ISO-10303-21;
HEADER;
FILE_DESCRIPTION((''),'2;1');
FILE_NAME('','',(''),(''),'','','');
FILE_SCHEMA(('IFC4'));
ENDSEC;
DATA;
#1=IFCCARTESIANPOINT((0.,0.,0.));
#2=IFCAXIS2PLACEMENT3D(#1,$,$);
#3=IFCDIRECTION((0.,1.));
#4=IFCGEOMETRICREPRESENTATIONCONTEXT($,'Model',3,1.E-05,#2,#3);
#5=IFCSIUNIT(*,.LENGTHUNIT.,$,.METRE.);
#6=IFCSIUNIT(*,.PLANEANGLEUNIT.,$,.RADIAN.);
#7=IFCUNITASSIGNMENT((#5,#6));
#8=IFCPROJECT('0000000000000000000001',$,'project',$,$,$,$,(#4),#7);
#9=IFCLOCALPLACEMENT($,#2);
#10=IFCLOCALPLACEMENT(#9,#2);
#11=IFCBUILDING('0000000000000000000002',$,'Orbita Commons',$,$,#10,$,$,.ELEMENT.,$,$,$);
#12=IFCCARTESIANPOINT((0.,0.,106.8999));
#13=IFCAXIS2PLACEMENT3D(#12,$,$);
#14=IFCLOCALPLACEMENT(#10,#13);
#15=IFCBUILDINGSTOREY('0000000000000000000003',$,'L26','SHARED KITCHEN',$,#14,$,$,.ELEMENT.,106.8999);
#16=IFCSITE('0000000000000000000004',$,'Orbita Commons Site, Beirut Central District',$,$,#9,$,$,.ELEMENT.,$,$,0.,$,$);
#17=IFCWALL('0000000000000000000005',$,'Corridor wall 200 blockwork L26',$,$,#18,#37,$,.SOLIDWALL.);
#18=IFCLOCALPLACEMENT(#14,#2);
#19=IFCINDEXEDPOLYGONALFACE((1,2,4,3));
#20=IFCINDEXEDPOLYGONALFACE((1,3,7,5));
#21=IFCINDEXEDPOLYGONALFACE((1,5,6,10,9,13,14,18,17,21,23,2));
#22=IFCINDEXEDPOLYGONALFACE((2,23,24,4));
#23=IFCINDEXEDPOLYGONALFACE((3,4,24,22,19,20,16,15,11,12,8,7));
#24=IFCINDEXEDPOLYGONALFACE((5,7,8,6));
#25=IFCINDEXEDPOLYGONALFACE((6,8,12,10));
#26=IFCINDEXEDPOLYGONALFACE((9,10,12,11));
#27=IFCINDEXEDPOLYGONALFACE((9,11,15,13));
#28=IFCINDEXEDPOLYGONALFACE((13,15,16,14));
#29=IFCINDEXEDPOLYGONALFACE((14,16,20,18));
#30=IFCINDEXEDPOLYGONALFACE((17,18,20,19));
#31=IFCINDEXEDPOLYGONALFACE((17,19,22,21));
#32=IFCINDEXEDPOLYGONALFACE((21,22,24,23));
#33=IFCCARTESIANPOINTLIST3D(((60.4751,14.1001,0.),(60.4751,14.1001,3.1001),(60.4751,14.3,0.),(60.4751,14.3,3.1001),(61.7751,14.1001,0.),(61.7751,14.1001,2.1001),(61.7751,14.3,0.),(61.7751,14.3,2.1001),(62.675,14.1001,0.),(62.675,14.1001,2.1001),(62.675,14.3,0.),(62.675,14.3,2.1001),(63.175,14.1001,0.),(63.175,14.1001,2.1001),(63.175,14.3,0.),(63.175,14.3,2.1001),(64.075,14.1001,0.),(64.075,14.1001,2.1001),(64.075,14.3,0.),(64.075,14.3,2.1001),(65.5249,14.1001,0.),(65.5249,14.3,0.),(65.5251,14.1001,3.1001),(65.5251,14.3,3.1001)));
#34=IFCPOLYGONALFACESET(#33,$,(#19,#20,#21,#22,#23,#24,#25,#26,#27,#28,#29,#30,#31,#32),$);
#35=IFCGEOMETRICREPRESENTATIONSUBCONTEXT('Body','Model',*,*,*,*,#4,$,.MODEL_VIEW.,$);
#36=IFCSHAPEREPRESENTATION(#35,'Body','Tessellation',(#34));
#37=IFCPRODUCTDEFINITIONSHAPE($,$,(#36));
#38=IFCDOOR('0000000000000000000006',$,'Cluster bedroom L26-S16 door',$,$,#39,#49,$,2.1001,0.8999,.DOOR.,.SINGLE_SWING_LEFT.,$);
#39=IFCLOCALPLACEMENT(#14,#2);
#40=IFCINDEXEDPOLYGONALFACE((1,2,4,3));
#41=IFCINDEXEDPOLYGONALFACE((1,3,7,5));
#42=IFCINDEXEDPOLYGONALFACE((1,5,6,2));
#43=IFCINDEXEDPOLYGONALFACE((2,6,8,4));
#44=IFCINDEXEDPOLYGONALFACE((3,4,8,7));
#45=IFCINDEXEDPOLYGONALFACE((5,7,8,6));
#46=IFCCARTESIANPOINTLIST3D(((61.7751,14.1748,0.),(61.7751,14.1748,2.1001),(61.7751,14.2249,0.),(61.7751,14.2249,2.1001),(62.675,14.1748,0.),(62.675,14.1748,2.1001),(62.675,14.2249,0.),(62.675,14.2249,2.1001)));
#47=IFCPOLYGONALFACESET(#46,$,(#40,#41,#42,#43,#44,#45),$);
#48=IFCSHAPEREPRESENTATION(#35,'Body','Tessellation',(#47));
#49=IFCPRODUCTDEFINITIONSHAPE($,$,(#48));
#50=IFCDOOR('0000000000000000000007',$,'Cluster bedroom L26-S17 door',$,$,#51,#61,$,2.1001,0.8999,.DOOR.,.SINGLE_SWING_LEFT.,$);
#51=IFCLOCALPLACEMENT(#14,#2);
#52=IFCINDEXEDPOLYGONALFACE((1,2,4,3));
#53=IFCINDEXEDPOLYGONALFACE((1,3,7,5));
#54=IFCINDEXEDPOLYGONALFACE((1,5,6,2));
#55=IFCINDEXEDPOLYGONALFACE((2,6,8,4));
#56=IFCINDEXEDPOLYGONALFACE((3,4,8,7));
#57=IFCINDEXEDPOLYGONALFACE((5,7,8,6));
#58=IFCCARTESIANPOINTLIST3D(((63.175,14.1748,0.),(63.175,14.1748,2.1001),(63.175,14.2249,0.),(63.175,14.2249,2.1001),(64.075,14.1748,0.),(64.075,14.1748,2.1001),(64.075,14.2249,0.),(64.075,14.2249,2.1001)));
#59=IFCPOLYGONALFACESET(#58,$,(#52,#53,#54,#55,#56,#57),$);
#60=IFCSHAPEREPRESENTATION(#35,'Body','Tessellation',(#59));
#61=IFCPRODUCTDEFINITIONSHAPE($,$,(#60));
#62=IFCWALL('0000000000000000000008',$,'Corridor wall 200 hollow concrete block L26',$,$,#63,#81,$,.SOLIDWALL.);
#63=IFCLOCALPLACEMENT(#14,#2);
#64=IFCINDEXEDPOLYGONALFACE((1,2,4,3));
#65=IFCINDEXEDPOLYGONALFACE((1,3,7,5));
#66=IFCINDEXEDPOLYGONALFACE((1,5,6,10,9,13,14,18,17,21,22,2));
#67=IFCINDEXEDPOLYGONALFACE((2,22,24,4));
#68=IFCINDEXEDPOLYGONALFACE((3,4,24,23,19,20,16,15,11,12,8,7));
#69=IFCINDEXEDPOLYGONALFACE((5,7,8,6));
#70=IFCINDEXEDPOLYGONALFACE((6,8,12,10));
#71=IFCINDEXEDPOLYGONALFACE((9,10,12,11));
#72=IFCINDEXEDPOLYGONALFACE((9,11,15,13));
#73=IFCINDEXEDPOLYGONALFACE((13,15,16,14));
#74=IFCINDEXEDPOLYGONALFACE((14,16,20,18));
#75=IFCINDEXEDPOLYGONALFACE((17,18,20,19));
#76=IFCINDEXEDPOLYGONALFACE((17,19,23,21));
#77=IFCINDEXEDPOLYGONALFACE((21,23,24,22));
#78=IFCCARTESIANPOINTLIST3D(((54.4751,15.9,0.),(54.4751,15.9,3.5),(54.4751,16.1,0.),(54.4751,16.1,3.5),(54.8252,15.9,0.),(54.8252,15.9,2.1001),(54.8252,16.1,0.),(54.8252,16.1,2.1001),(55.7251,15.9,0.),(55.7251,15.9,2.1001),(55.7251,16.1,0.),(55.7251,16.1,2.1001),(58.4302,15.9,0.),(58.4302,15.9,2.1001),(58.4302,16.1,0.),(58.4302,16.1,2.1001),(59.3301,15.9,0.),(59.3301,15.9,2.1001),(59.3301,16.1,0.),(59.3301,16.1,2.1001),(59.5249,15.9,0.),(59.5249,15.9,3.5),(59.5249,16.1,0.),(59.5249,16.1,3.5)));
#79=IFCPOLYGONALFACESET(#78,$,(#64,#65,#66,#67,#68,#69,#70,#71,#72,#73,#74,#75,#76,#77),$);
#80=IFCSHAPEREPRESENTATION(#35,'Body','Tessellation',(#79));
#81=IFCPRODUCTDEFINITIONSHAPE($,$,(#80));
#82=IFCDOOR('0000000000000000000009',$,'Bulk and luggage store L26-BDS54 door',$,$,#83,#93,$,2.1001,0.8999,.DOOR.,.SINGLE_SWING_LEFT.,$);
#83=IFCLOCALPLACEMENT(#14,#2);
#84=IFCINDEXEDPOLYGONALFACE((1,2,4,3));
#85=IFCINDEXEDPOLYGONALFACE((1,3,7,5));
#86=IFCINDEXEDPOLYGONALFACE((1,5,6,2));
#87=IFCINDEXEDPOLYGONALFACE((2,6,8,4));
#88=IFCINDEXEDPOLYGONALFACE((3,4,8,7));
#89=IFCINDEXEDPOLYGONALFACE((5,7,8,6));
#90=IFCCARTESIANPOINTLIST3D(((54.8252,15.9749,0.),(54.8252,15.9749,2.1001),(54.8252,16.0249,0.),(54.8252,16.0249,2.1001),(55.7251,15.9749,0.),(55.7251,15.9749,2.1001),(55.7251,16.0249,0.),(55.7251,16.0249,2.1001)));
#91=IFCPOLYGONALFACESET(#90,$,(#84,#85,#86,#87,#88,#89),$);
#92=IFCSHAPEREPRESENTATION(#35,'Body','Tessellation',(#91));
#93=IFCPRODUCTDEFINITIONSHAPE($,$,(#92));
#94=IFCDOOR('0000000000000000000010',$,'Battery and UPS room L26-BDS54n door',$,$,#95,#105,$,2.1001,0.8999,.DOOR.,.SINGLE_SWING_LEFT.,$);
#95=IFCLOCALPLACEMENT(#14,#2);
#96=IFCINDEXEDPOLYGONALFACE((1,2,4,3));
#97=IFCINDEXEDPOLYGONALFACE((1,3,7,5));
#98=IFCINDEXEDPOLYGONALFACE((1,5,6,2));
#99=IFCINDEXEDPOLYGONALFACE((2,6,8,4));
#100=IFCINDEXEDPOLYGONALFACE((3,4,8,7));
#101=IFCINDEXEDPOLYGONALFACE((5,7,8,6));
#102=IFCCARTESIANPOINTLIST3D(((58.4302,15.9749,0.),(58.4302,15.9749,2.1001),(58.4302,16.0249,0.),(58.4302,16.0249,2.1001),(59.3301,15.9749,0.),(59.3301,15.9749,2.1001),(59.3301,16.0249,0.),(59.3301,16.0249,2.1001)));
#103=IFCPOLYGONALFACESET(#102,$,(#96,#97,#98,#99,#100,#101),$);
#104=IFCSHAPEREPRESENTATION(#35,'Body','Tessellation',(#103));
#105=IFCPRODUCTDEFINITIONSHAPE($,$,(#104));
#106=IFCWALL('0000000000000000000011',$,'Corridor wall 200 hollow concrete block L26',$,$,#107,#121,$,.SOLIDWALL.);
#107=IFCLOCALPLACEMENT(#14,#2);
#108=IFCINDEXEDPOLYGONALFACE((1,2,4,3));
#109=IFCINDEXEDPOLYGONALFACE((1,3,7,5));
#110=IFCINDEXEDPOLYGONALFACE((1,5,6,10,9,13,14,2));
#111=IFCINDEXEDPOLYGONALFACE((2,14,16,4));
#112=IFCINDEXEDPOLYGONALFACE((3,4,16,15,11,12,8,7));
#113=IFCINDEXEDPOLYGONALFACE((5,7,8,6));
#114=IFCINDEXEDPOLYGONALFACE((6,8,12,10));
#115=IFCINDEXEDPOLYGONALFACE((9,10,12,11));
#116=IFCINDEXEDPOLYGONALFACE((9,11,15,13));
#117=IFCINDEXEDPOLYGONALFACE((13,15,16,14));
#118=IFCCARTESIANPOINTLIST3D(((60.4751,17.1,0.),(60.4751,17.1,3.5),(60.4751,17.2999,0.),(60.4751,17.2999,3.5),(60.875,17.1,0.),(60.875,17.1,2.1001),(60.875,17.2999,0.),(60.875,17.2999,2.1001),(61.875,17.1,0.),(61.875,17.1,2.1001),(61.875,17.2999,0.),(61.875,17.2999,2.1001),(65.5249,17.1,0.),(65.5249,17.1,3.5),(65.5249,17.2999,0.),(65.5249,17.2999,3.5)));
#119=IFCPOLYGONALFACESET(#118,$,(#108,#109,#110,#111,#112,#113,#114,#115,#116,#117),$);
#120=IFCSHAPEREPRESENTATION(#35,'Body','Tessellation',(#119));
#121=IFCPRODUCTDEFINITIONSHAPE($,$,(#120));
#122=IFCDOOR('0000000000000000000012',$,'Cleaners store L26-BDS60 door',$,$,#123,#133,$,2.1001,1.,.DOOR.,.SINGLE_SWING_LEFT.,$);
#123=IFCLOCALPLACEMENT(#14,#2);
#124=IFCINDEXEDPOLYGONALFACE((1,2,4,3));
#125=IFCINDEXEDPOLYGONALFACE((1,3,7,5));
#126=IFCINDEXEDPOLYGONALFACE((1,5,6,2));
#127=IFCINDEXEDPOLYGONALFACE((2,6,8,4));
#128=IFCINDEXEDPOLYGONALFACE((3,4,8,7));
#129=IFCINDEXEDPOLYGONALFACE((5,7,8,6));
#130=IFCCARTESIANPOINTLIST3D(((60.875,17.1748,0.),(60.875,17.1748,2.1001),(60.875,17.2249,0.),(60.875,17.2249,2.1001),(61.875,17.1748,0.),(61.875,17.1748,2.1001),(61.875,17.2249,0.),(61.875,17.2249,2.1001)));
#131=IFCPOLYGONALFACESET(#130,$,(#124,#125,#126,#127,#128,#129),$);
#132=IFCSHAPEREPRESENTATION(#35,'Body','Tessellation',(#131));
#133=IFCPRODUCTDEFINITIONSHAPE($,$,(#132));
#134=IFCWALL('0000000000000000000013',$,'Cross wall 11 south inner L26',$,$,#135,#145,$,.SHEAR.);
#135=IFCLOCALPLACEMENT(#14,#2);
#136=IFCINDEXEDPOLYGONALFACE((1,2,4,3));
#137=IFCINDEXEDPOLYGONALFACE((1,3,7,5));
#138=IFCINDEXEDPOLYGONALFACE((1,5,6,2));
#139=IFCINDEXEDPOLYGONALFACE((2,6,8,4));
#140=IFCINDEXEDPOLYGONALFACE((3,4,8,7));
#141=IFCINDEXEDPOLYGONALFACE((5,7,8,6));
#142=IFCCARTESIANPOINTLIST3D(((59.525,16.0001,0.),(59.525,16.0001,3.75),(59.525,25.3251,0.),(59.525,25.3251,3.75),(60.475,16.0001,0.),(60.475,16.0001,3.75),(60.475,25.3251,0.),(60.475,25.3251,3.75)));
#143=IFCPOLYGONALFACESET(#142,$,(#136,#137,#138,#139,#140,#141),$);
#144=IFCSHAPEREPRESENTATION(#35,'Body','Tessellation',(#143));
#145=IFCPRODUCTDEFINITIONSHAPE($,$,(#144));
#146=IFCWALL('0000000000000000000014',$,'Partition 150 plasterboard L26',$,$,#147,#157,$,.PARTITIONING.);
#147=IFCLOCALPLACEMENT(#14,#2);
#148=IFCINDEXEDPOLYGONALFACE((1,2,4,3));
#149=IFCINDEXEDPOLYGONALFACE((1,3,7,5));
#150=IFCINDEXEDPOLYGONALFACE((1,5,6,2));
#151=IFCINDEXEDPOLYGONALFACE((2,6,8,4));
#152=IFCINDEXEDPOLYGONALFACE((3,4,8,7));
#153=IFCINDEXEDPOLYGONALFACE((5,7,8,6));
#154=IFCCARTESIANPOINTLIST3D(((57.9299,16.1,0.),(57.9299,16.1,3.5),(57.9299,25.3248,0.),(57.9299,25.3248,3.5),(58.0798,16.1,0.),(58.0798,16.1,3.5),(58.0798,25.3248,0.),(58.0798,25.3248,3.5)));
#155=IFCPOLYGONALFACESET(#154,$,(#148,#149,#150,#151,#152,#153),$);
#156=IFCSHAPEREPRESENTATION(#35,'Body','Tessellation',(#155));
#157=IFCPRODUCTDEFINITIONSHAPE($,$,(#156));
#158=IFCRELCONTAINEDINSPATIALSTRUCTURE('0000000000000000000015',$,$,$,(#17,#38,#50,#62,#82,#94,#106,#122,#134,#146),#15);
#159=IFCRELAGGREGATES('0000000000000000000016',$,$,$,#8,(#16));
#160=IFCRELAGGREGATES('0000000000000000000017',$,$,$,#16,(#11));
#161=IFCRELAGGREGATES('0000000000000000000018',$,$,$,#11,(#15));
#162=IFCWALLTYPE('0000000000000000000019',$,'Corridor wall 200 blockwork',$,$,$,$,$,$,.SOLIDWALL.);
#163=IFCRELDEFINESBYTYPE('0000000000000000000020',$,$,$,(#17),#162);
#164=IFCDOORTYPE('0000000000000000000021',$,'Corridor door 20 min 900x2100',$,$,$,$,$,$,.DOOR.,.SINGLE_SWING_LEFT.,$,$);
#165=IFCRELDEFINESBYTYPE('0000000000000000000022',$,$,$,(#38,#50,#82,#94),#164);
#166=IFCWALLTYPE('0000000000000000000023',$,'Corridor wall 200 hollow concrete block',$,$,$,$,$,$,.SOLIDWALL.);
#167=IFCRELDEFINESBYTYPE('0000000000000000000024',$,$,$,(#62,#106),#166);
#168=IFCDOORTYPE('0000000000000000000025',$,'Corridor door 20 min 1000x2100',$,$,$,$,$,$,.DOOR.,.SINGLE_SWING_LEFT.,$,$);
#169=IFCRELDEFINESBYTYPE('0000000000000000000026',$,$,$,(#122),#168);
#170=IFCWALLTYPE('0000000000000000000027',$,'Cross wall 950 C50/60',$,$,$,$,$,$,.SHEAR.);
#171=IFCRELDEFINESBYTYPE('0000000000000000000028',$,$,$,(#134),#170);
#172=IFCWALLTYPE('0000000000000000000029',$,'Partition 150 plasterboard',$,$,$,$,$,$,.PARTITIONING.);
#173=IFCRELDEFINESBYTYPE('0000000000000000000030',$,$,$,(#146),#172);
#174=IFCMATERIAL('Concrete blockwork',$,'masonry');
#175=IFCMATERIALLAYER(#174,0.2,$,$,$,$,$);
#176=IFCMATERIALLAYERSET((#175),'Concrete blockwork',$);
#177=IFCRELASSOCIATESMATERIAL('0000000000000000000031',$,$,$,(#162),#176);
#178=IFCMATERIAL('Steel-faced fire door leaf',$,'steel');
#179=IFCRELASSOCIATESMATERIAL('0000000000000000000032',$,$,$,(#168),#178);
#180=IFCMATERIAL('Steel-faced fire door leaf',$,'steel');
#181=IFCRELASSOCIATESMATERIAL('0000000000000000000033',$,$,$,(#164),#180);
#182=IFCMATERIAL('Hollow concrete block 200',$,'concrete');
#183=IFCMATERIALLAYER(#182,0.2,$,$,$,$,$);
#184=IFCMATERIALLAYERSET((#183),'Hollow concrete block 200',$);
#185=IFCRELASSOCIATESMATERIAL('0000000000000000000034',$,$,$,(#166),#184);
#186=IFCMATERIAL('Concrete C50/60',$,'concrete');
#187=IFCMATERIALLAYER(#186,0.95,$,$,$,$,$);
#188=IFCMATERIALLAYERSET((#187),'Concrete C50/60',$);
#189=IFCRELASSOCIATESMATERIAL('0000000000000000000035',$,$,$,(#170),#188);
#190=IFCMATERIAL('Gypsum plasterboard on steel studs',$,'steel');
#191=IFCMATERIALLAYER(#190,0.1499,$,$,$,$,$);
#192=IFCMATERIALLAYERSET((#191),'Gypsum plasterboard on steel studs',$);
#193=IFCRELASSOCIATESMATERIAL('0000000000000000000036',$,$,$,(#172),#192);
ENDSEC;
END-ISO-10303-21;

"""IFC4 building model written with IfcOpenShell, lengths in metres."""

from ifc_helpers import new_model, si_unit, direction, frame, frame_2d, origin, place, context, subcontext, project, spatial, polyline, rectangle, outline, extrude, material, layer, layer_set, type_object, element, fill, save


model = new_model("IFC4")

# Units and contexts
model_context = context("Model", 3, precision=1e-05, world=origin(), true_north=direction((0.0, 1.0)))
body_context = subcontext(model_context, "Body", "Model", "MODEL_VIEW")
ifc_project = project(units=[si_unit("LENGTHUNIT", "METRE"), si_unit("PLANEANGLEUNIT", "RADIAN")], contexts=[model_context])

# Site, building, storey
site_placement = place(None, origin())
site = spatial("IfcSite", under=ifc_project, at=site_placement, Name="Orbita Commons Site, Beirut Central District", CompositionType="ELEMENT", RefElevation=0.0)
building_placement = place(site_placement, origin())
building = spatial("IfcBuilding", under=site, at=building_placement, Name="Orbita Commons", CompositionType="ELEMENT")
storey_placement = place(building_placement, frame((0.0, 0.0, 106.8999)))
storey = spatial("IfcBuildingStorey", under=building, at=storey_placement, Name="L26", Description="SHARED KITCHEN", CompositionType="ELEMENT", Elevation=106.8999)

# Shared definitions
ifc_material_1 = material(Name="Concrete blockwork", Category="masonry")
ifc_layer_1 = layer(ifc_material_1, 0.2)
ifc_layer_set_1 = layer_set([ifc_layer_1], Name="Concrete blockwork")
wall_type_1 = type_object("IfcWallType", Name="Corridor wall 200 blockwork", PredefinedType="SOLIDWALL", material=ifc_layer_set_1)
ifc_material_2 = material(Name="Steel-faced fire door leaf", Category="steel")
door_type_1 = type_object("IfcDoorType", Name="Corridor door 20 min 1000x2100", OperationType="SINGLE_SWING_LEFT", PredefinedType="DOOR", material=ifc_material_2)

# Walls, openings, doors
wall_1_placement = place(storey_placement, frame((60.4751, 14.2, 0.0), z_axis=(0.0, 0.0, 1.0), x_axis=(1.0, 0.0, 0.0)))
wall_1 = element("IfcWall", 1, at=wall_1_placement, inside=storey, type_object=wall_type_1, Name="Corridor wall 200 blockwork L26", PredefinedType="SOLIDWALL", context=body_context, shape_type="SweptSolid", body=[
    extrude(outline(polyline([(0.0, 0.0), (5.0498, 0.0), (5.05, 3.1001), (0.0, 3.1001), (0.0, 0.0)])), frame((0.0, 0.1001, 0.0), z_axis=(0.0, -1.0, 0.0), x_axis=(1.0, 0.0, 0.0)), (0.0, 0.0, 1.0), 0.2),
])
opening_1_placement = place(wall_1_placement, frame((1.3, 0.0, 0.0)))
opening_1 = element("IfcOpeningElement", 2, at=opening_1_placement, cuts=wall_1, PredefinedType="OPENING", context=body_context, shape_type="SweptSolid", body=[
    extrude(rectangle(XDim=0.8999, YDim=2.1001, at=frame_2d((0.45, 1.05))), frame((0.0, 0.1099, 0.0), z_axis=(0.0, -1.0, 0.0), x_axis=(1.0, 0.0, 0.0)), (0.0, 0.0, 1.0), 0.22),
])
opening_2_placement = place(wall_1_placement, frame((2.7, 0.0, 0.0)))
opening_2 = element("IfcOpeningElement", 3, at=opening_2_placement, cuts=wall_1, PredefinedType="OPENING", context=body_context, shape_type="SweptSolid", body=[
    extrude(rectangle(XDim=0.8999, YDim=2.1001, at=frame_2d((0.45, 1.05))), frame((0.0, 0.1099, 0.0), z_axis=(0.0, -1.0, 0.0), x_axis=(1.0, 0.0, 0.0)), (0.0, 0.0, 1.0), 0.22),
])
ifc_material_3 = material(Name="Steel-faced fire door leaf", Category="steel")
door_type_2 = type_object("IfcDoorType", Name="Corridor door 20 min 900x2100", OperationType="SINGLE_SWING_LEFT", PredefinedType="DOOR", material=ifc_material_3)
door_1_placement = place(opening_1_placement, origin())
door_1 = element("IfcDoor", 4, at=door_1_placement, inside=storey, type_object=door_type_2, Name="Cluster bedroom L26-S16 door", OperationType="SINGLE_SWING_LEFT", OverallHeight=2.1001, OverallWidth=0.8999, PredefinedType="DOOR", context=body_context, shape_type="SweptSolid", body=[
    extrude(rectangle(XDim=0.8999, YDim=2.1001, at=frame_2d((0.45, 1.05))), frame((0.0, 0.0249, 0.0), z_axis=(0.0, -1.0, 0.0), x_axis=(1.0, 0.0, 0.0)), (0.0, 0.0, 1.0), 0.05),
])
fill(opening_1, door_1)
door_2_placement = place(opening_2_placement, origin())
door_2 = element("IfcDoor", 5, at=door_2_placement, inside=storey, type_object=door_type_2, Name="Cluster bedroom L26-S17 door", OperationType="SINGLE_SWING_LEFT", OverallHeight=2.1001, OverallWidth=0.8999, PredefinedType="DOOR", context=body_context, shape_type="SweptSolid", body=[
    extrude(rectangle(XDim=0.8999, YDim=2.1001, at=frame_2d((0.45, 1.05))), frame((0.0, 0.0249, 0.0), z_axis=(0.0, -1.0, 0.0), x_axis=(1.0, 0.0, 0.0)), (0.0, 0.0, 1.0), 0.05),
])
fill(opening_2, door_2)
ifc_material_4 = material(Name="Hollow concrete block 200", Category="concrete")
ifc_layer_2 = layer(ifc_material_4, 0.2)
ifc_layer_set_2 = layer_set([ifc_layer_2], Name="Hollow concrete block 200")
wall_type_2 = type_object("IfcWallType", Name="Corridor wall 200 hollow concrete block", PredefinedType="SOLIDWALL", material=ifc_layer_set_2)
wall_2_placement = place(storey_placement, frame((54.4751, 16.0, 0.0), z_axis=(0.0, 0.0, 1.0), x_axis=(1.0, 0.0, 0.0)))
wall_2 = element("IfcWall", 6, at=wall_2_placement, inside=storey, type_object=wall_type_2, Name="Corridor wall 200 hollow concrete block L26", PredefinedType="SOLIDWALL", context=body_context, shape_type="SweptSolid", body=[
    extrude(rectangle(XDim=5.0498, YDim=0.2, at=frame_2d((2.5249, 0.0))), origin(), (0.0, 0.0, 1.0), 3.5),
])
opening_3_placement = place(wall_2_placement, frame((0.3501, 0.0, 0.0)))
opening_3 = element("IfcOpeningElement", 7, at=opening_3_placement, cuts=wall_2, PredefinedType="OPENING", context=body_context, shape_type="SweptSolid", body=[
    extrude(rectangle(XDim=0.8999, YDim=2.1001, at=frame_2d((0.45, 1.05))), frame((0.0, 0.1099, 0.0), z_axis=(0.0, -1.0, 0.0), x_axis=(1.0, 0.0, 0.0)), (0.0, 0.0, 1.0), 0.22),
])
opening_4_placement = place(wall_2_placement, frame((3.9551, 0.0, 0.0)))
opening_4 = element("IfcOpeningElement", 8, at=opening_4_placement, cuts=wall_2, PredefinedType="OPENING", context=body_context, shape_type="SweptSolid", body=[
    extrude(rectangle(XDim=0.8999, YDim=2.1001, at=frame_2d((0.45, 1.05))), frame((0.0, 0.1099, 0.0), z_axis=(0.0, -1.0, 0.0), x_axis=(1.0, 0.0, 0.0)), (0.0, 0.0, 1.0), 0.22),
])
door_3_placement = place(opening_3_placement, origin())
door_3 = element("IfcDoor", 9, at=door_3_placement, inside=storey, type_object=door_type_2, Name="Bulk and luggage store L26-BDS54 door", OperationType="SINGLE_SWING_LEFT", OverallHeight=2.1001, OverallWidth=0.8999, PredefinedType="DOOR", context=body_context, shape_type="SweptSolid", body=[
    extrude(rectangle(XDim=0.8999, YDim=2.1001, at=frame_2d((0.45, 1.05))), frame((0.0, 0.0249, 0.0), z_axis=(0.0, -1.0, 0.0), x_axis=(1.0, 0.0, 0.0)), (0.0, 0.0, 1.0), 0.05),
])
fill(opening_3, door_3)
door_4_placement = place(opening_4_placement, origin())
door_4 = element("IfcDoor", 10, at=door_4_placement, inside=storey, type_object=door_type_2, Name="Battery and UPS room L26-BDS54n door", OperationType="SINGLE_SWING_LEFT", OverallHeight=2.1001, OverallWidth=0.8999, PredefinedType="DOOR", context=body_context, shape_type="SweptSolid", body=[
    extrude(rectangle(XDim=0.8999, YDim=2.1001, at=frame_2d((0.45, 1.05))), frame((0.0, 0.0249, 0.0), z_axis=(0.0, -1.0, 0.0), x_axis=(1.0, 0.0, 0.0)), (0.0, 0.0, 1.0), 0.05),
])
fill(opening_4, door_4)

# Wall, opening, door
wall_3_placement = place(storey_placement, frame((60.4751, 17.2, 0.0), z_axis=(0.0, 0.0, 1.0), x_axis=(1.0, 0.0, 0.0)))
wall_3 = element("IfcWall", 11, at=wall_3_placement, inside=storey, type_object=wall_type_2, Name="Corridor wall 200 hollow concrete block L26", PredefinedType="SOLIDWALL", context=body_context, shape_type="SweptSolid", body=[
    extrude(rectangle(XDim=5.0498, YDim=0.2, at=frame_2d((2.5249, 0.0))), origin(), (0.0, 0.0, 1.0), 3.5),
])
opening_5_placement = place(wall_3_placement, frame((0.3999, 0.0, 0.0)))
opening_5 = element("IfcOpeningElement", 12, at=opening_5_placement, cuts=wall_3, PredefinedType="OPENING", context=body_context, shape_type="SweptSolid", body=[
    extrude(rectangle(XDim=1.0, YDim=2.1001, at=frame_2d((0.5, 1.05))), frame((0.0, 0.1099, 0.0), z_axis=(0.0, -1.0, 0.0), x_axis=(1.0, 0.0, 0.0)), (0.0, 0.0, 1.0), 0.22),
])
door_5_placement = place(opening_5_placement, origin())
door_5 = element("IfcDoor", 13, at=door_5_placement, inside=storey, type_object=door_type_1, Name="Cleaners store L26-BDS60 door", OperationType="SINGLE_SWING_LEFT", OverallHeight=2.1001, OverallWidth=1.0, PredefinedType="DOOR", context=body_context, shape_type="SweptSolid", body=[
    extrude(rectangle(XDim=1.0, YDim=2.1001, at=frame_2d((0.5, 1.05))), frame((0.0, 0.0249, 0.0), z_axis=(0.0, -1.0, 0.0), x_axis=(1.0, 0.0, 0.0)), (0.0, 0.0, 1.0), 0.05),
])
fill(opening_5, door_5)

# Walls
ifc_material_5 = material(Name="Concrete C50/60", Category="concrete")
ifc_layer_3 = layer(ifc_material_5, 0.95)
ifc_layer_set_3 = layer_set([ifc_layer_3], Name="Concrete C50/60")
wall_type_3 = type_object("IfcWallType", Name="Cross wall 950 C50/60", PredefinedType="SHEAR", material=ifc_layer_set_3)
wall_4_placement = place(storey_placement, frame((60.0, 16.0, 0.0), z_axis=(0.0, 0.0, 1.0), x_axis=(0.0, 1.0, 0.0)))
element("IfcWall", 14, at=wall_4_placement, inside=storey, type_object=wall_type_3, Name="Cross wall 11 south inner L26", PredefinedType="SHEAR", context=body_context, shape_type="SweptSolid", body=[
    extrude(rectangle(XDim=9.325, YDim=0.95, at=frame_2d((4.6626, 0.0))), origin(), (0.0, 0.0, 1.0), 3.75),
])
ifc_material_6 = material(Name="Gypsum plasterboard on steel studs", Category="steel")
ifc_layer_4 = layer(ifc_material_6, 0.1499)
ifc_layer_set_4 = layer_set([ifc_layer_4], Name="Gypsum plasterboard on steel studs")
wall_type_4 = type_object("IfcWallType", Name="Partition 150 plasterboard", PredefinedType="PARTITIONING", material=ifc_layer_set_4)
wall_5_placement = place(storey_placement, frame((58.0049, 16.1001, 0.0), z_axis=(0.0, 0.0, 1.0), x_axis=(0.0, 1.0, 0.0)))
element("IfcWall", 15, at=wall_5_placement, inside=storey, type_object=wall_type_4, Name="Partition 150 plasterboard L26", PredefinedType="PARTITIONING", context=body_context, shape_type="SweptSolid", body=[
    extrude(rectangle(XDim=9.2249, YDim=0.1499, at=frame_2d((4.6123, 0.0))), origin(), (0.0, 0.0, 1.0), 3.5),
])

save(model, "model.ifc")
